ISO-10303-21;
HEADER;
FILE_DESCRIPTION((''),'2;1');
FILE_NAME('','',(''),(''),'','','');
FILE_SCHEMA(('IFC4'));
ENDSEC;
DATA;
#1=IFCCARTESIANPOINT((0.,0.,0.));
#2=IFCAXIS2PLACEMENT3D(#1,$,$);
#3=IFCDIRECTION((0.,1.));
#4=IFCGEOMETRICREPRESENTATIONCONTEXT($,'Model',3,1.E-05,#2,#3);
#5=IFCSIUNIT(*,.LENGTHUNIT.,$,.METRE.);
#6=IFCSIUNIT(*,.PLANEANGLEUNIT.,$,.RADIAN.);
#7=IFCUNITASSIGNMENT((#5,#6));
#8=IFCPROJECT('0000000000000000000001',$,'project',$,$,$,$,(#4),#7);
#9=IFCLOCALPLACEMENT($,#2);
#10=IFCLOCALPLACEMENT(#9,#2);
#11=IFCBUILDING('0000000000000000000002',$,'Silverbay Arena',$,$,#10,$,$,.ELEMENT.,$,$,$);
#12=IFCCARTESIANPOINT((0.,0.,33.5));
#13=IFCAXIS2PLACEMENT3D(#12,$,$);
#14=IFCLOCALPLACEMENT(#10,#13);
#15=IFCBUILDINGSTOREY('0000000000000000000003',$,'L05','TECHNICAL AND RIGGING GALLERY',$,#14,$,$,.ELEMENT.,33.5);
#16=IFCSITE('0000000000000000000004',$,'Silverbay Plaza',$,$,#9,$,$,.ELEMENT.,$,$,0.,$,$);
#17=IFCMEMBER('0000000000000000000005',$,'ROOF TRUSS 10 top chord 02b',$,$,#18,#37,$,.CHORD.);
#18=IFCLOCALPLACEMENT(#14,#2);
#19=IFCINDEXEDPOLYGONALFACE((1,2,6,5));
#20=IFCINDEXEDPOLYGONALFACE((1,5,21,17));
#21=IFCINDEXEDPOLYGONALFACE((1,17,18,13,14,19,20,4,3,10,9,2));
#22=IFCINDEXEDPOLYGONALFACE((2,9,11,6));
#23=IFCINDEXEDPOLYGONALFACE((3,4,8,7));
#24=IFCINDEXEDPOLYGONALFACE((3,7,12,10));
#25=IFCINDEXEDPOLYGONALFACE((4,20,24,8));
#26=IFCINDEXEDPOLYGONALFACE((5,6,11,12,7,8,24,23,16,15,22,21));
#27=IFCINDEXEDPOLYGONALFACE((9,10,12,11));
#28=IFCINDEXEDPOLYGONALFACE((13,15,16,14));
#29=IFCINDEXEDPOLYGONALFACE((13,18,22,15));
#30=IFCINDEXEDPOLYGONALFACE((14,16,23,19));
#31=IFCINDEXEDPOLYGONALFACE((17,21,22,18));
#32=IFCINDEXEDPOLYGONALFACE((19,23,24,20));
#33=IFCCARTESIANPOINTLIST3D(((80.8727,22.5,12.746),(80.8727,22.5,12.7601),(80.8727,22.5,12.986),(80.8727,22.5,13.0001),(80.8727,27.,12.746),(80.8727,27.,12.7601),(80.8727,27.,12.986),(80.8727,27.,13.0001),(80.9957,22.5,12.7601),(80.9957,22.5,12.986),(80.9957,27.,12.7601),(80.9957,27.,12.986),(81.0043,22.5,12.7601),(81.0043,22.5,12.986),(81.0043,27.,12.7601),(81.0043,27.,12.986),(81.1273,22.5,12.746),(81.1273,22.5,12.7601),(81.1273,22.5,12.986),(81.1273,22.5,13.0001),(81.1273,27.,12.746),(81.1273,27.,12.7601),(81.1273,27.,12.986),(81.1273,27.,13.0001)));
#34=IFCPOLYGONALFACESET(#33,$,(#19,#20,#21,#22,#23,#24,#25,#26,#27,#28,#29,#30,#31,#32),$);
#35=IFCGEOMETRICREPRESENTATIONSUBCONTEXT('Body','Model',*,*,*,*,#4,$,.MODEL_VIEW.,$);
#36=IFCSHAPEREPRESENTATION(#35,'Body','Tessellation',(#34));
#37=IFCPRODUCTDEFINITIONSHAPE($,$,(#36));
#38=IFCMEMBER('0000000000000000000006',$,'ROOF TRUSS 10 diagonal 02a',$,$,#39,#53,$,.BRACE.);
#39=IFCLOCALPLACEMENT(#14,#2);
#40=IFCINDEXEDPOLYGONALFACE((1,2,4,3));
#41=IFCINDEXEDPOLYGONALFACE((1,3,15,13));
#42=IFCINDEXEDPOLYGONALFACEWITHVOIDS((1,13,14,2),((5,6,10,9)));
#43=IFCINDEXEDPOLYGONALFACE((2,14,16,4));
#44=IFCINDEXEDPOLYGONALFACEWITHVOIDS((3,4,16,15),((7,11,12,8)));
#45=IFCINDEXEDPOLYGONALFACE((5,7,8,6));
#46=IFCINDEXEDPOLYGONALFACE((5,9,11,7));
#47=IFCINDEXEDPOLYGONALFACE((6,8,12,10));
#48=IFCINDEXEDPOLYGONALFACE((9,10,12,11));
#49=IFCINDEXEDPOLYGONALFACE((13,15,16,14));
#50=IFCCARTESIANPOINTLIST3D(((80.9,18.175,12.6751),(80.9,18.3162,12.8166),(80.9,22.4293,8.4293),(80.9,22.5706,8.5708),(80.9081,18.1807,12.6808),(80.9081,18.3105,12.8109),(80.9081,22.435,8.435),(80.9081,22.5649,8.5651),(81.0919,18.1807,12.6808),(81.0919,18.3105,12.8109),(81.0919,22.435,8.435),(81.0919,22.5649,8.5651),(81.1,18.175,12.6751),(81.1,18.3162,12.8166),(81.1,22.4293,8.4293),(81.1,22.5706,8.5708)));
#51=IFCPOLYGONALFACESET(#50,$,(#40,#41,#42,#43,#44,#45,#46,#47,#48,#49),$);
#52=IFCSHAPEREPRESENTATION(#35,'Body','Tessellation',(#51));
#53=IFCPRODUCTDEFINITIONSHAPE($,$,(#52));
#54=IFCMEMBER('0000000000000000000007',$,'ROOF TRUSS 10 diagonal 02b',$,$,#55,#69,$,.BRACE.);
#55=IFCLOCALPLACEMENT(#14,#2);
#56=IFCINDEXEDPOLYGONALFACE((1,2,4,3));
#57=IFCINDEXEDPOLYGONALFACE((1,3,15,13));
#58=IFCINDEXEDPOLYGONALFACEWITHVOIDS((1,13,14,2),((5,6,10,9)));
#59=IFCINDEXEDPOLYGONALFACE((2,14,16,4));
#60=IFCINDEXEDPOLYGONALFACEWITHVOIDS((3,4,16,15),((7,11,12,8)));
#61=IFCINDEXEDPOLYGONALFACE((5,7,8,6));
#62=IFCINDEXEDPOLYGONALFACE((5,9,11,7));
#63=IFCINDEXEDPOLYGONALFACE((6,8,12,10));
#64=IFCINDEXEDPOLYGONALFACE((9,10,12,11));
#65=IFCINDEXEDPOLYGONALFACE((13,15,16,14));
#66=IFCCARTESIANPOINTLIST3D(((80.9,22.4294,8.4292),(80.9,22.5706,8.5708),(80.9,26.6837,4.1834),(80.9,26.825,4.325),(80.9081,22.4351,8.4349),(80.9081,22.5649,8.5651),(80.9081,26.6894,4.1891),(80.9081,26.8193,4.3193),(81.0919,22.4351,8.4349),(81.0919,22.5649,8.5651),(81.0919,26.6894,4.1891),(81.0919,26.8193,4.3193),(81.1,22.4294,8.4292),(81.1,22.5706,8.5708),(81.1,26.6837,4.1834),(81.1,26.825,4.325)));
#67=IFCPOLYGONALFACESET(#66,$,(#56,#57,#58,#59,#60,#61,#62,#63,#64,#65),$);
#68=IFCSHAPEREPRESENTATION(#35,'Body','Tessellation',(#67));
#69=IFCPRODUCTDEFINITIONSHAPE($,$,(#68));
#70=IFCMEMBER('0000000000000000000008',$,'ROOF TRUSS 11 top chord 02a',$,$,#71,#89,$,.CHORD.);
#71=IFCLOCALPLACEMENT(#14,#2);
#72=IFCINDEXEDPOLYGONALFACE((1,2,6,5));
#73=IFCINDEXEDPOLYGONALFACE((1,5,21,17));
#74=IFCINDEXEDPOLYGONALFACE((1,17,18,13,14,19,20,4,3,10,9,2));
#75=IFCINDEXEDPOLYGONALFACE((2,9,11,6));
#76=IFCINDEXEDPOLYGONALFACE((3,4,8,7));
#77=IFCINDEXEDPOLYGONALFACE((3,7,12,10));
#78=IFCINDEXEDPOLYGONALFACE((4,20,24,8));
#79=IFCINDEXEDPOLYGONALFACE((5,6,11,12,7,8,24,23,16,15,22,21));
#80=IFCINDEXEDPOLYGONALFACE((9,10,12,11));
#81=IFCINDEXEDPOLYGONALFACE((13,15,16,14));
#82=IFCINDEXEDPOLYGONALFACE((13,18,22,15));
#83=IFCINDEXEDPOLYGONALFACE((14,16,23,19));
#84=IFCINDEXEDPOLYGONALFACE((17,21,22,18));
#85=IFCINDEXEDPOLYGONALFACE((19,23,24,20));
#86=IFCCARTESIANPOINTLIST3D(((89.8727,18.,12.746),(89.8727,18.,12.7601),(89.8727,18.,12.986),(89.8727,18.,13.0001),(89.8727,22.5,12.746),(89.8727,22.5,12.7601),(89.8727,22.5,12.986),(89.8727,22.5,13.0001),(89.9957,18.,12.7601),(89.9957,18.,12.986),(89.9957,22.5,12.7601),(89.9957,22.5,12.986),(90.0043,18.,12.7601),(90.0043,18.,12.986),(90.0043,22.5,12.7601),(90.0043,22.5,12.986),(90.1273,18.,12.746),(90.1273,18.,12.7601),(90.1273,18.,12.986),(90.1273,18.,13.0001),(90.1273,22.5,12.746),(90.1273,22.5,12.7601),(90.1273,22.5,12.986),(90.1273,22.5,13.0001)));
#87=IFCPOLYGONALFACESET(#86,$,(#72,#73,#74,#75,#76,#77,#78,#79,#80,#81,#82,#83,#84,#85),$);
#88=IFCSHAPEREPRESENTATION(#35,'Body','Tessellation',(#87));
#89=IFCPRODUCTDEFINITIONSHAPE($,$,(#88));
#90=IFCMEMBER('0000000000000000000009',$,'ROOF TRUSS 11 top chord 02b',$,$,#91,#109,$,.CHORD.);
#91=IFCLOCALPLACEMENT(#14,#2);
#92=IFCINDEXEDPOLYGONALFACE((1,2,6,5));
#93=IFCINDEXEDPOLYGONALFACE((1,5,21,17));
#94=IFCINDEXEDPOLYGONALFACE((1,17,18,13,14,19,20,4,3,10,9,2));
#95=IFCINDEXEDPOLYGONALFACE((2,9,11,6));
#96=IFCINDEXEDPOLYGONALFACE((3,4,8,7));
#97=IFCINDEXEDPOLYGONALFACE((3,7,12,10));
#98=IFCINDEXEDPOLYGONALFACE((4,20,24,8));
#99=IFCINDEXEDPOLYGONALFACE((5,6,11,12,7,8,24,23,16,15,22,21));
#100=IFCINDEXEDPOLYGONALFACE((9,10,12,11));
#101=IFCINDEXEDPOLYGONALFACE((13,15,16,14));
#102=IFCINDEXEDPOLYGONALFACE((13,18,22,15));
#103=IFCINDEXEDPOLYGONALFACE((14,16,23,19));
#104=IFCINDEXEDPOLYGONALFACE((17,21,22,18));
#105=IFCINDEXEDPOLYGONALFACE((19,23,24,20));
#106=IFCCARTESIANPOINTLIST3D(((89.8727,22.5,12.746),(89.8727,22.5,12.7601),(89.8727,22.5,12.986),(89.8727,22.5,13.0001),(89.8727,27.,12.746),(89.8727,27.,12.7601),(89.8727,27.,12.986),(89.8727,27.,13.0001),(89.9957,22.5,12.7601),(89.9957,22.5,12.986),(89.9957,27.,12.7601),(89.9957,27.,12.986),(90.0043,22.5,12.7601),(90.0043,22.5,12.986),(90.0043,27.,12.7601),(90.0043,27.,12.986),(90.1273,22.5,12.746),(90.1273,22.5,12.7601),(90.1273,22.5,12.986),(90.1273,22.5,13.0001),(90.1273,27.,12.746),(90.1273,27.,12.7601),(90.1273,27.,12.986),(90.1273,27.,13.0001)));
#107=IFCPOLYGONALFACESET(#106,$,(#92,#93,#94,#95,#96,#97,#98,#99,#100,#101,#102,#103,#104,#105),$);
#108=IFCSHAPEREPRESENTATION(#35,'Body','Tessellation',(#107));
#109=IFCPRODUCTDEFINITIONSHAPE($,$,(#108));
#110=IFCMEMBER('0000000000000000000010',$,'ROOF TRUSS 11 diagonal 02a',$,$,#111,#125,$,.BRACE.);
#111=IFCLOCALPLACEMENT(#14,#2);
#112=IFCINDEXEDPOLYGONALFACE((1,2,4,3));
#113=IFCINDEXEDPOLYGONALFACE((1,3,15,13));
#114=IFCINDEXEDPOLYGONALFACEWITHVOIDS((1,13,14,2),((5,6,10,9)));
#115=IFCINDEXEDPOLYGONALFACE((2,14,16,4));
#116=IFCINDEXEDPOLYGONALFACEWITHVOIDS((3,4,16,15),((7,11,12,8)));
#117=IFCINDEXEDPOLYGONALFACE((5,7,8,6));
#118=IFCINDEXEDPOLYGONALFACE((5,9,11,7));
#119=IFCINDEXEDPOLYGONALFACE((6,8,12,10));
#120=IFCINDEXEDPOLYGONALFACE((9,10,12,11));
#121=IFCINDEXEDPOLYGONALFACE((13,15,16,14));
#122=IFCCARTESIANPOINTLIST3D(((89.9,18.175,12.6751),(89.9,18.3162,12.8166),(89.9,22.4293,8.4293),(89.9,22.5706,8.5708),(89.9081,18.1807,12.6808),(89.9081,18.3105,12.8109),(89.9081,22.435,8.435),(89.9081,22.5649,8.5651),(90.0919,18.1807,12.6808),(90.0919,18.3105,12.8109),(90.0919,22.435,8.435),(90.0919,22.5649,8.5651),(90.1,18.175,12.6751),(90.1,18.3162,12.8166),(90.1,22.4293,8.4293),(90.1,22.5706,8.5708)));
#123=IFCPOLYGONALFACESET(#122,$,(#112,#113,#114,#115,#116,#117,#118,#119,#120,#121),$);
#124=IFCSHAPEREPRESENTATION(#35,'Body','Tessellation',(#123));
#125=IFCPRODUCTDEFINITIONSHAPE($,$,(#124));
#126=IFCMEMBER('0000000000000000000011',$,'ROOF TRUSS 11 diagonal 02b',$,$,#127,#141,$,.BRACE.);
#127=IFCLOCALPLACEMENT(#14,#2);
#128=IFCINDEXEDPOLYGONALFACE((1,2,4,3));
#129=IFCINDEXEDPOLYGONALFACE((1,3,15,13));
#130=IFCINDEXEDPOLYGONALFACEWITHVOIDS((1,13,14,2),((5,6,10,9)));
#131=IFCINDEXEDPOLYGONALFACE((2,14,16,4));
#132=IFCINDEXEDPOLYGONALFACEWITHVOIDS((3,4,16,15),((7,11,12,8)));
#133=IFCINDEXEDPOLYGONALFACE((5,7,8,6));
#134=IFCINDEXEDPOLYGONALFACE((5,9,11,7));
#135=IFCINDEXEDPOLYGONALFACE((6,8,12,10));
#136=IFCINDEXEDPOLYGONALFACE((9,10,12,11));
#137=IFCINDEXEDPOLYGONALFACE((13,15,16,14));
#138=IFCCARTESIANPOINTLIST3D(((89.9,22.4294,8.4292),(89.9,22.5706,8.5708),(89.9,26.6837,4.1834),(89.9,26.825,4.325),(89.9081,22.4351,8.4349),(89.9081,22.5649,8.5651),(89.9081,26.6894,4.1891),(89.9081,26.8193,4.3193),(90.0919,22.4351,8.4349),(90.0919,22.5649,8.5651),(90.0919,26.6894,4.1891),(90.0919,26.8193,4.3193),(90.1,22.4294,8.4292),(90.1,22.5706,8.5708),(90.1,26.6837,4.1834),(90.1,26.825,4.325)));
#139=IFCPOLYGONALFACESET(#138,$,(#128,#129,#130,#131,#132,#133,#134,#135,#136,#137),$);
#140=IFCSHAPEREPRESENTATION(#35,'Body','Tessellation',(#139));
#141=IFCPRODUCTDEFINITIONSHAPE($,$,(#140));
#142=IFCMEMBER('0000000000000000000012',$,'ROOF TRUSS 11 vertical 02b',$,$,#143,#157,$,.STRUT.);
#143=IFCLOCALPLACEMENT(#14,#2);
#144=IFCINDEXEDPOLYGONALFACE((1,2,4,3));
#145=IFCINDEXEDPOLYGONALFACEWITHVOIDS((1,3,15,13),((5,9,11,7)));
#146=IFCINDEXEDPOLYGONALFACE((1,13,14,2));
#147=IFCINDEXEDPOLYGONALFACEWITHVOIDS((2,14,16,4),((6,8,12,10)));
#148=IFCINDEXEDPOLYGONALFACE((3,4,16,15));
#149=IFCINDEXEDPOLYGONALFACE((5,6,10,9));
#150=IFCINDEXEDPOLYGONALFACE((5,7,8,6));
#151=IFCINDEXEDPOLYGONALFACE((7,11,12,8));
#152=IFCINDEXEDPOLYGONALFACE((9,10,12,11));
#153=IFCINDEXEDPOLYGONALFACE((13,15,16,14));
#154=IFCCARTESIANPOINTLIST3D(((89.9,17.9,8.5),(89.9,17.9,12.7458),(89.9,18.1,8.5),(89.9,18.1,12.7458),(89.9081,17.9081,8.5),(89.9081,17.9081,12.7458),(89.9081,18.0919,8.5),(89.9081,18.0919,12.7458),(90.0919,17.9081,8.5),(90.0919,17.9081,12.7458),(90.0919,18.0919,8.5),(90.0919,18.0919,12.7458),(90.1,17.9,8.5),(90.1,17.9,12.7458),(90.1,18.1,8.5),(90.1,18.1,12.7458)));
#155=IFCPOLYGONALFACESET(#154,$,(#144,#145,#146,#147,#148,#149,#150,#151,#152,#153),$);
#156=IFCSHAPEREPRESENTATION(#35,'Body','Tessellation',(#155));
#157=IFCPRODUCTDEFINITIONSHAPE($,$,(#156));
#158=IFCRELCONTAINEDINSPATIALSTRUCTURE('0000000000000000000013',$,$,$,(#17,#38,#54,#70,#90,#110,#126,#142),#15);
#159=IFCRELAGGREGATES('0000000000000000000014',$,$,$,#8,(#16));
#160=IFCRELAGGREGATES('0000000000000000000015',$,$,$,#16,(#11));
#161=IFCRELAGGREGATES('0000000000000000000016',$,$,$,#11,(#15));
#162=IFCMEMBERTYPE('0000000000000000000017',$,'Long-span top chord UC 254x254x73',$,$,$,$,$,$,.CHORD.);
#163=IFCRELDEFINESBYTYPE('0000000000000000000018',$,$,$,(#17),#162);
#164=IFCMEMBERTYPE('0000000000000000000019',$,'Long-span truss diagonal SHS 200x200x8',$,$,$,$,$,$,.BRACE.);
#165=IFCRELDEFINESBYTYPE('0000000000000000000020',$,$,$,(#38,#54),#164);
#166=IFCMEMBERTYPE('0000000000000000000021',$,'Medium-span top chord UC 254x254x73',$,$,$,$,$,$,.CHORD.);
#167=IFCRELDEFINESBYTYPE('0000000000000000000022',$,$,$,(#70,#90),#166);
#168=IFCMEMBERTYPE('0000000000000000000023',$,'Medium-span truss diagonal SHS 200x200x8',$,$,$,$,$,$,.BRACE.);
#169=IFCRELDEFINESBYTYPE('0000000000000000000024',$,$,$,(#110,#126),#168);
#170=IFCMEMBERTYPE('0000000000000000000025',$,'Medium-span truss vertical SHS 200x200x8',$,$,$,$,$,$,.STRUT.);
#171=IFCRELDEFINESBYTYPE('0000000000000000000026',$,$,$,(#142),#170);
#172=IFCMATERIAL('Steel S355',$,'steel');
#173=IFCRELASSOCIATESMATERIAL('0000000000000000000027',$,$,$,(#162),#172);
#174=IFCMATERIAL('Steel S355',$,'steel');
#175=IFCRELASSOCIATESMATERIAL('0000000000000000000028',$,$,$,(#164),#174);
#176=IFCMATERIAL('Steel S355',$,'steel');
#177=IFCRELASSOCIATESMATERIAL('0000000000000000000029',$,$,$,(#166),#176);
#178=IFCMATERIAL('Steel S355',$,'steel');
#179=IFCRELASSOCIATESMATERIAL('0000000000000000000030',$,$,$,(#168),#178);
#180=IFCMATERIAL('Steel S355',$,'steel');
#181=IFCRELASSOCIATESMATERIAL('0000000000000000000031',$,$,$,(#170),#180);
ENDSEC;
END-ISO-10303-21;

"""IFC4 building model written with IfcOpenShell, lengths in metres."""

from ifc_helpers import new_model, si_unit, direction, frame, origin, origin_2d, place, context, subcontext, project, spatial, hollow_rectangle, i_section, extrude, material, material_profile, profile_set, type_object, element, save


model = new_model("IFC4")

# Units and contexts
model_context = context("Model", 3, precision=1e-05, world=origin(), true_north=direction((0.0, 1.0)))
body_context = subcontext(model_context, "Body", "Model", "MODEL_VIEW")
ifc_project = project(units=[si_unit("LENGTHUNIT", "METRE"), si_unit("PLANEANGLEUNIT", "RADIAN")], contexts=[model_context])

# Site, building, storey
site_placement = place(None, origin())
site = spatial("IfcSite", under=ifc_project, at=site_placement, Name="Silverbay Plaza", CompositionType="ELEMENT", RefElevation=0.0)
building_placement = place(site_placement, origin())
building = spatial("IfcBuilding", under=site, at=building_placement, Name="Silverbay Arena", CompositionType="ELEMENT")
storey_placement = place(building_placement, frame((0.0, 0.0, 33.5)))
storey = spatial("IfcBuildingStorey", under=building, at=storey_placement, Name="L05", Description="TECHNICAL AND RIGGING GALLERY", CompositionType="ELEMENT", Elevation=33.5)

# Members
ifc_material_1 = material(Name="Steel S355", Category="steel")
ifc_material_profile_1 = material_profile(ifc_material_1, i_section(OverallWidth=0.2546, OverallDepth=0.2542, WebThickness=0.0085, FlangeThickness=0.0142, at=origin_2d()), Name="UC 254x254x73")
ifc_profile_set_1 = profile_set([ifc_material_profile_1], Name="Steel S355")
member_type_1 = type_object("IfcMemberType", Name="Long-span top chord UC 254x254x73", PredefinedType="CHORD", material=ifc_profile_set_1)
member_1_placement = place(storey_placement, frame((81.0, 22.5, 12.873), z_axis=(0.0, 1.0, 0.0), x_axis=(-1.0, 0.0, 0.0)))
element("IfcMember", 1, at=member_1_placement, inside=storey, type_object=member_type_1, Name="ROOF TRUSS 10 top chord 02b", PredefinedType="CHORD", context=body_context, shape_type="SweptSolid", body=[
    extrude(i_section(OverallWidth=0.2546, OverallDepth=0.2542, WebThickness=0.0085, FlangeThickness=0.0142, at=origin_2d()), origin(), (0.0, 0.0, 1.0), 4.5),
])
ifc_material_2 = material(Name="Steel S355", Category="steel")
ifc_material_profile_2 = material_profile(ifc_material_2, hollow_rectangle(XDim=0.2, YDim=0.2, WallThickness=0.0081, at=origin_2d()), Name="SHS 200x200x8")
ifc_profile_set_2 = profile_set([ifc_material_profile_2], Name="Steel S355")
member_type_2 = type_object("IfcMemberType", Name="Long-span truss diagonal SHS 200x200x8", PredefinedType="BRACE", material=ifc_profile_set_2)
for number, where, z_axis, x_axis, name in (
    (2, (81.0, 18.2456, 12.7458), (0.0, 0.707817, -0.706396), (-1.0, 0.0, 0.0), "ROOF TRUSS 10 diagonal 02a"),
    (3, (81.0, 22.5, 8.5), (0.0, 0.707817, -0.706396), (-1.0, 0.0, 0.0), "ROOF TRUSS 10 diagonal 02b"),
):
    element("IfcMember", number, at=place(storey_placement, frame(where, z_axis=z_axis, x_axis=x_axis)), inside=storey, type_object=member_type_2, Name=name, PredefinedType="BRACE", context=body_context, shape_type="SweptSolid", body=[
        extrude(hollow_rectangle(XDim=0.2, YDim=0.2, WallThickness=0.0081, at=origin_2d()), origin(), (0.0, 0.0, 1.0), 6.0105),
    ])
ifc_material_3 = material(Name="Steel S355", Category="steel")
ifc_material_profile_3 = material_profile(ifc_material_3, i_section(OverallWidth=0.2546, OverallDepth=0.2542, WebThickness=0.0085, FlangeThickness=0.0142, at=origin_2d()), Name="UC 254x254x73")
ifc_profile_set_3 = profile_set([ifc_material_profile_3], Name="Steel S355")
member_type_3 = type_object("IfcMemberType", Name="Medium-span top chord UC 254x254x73", PredefinedType="CHORD", material=ifc_profile_set_3)
for number, where, z_axis, x_axis, name in (
    (4, (90.0, 18.0, 12.873), (0.0, 1.0, 0.0), (-1.0, 0.0, 0.0), "ROOF TRUSS 11 top chord 02a"),
    (5, (90.0, 22.5, 12.873), (0.0, 1.0, 0.0), (-1.0, 0.0, 0.0), "ROOF TRUSS 11 top chord 02b"),
):
    element("IfcMember", number, at=place(storey_placement, frame(where, z_axis=z_axis, x_axis=x_axis)), inside=storey, type_object=member_type_3, Name=name, PredefinedType="CHORD", context=body_context, shape_type="SweptSolid", body=[
        extrude(i_section(OverallWidth=0.2546, OverallDepth=0.2542, WebThickness=0.0085, FlangeThickness=0.0142, at=origin_2d()), origin(), (0.0, 0.0, 1.0), 4.5),
    ])
ifc_material_4 = material(Name="Steel S355", Category="steel")
ifc_material_profile_4 = material_profile(ifc_material_4, hollow_rectangle(XDim=0.2, YDim=0.2, WallThickness=0.0081, at=origin_2d()), Name="SHS 200x200x8")
ifc_profile_set_4 = profile_set([ifc_material_profile_4], Name="Steel S355")
member_type_4 = type_object("IfcMemberType", Name="Medium-span truss diagonal SHS 200x200x8", PredefinedType="BRACE", material=ifc_profile_set_4)
for number, where, z_axis, x_axis, name in (
    (6, (90.0, 18.2456, 12.7458), (0.0, 0.707817, -0.706396), (-1.0, 0.0, 0.0), "ROOF TRUSS 11 diagonal 02a"),
    (7, (90.0, 22.5, 8.5), (0.0, 0.707817, -0.706396), (-1.0, 0.0, 0.0), "ROOF TRUSS 11 diagonal 02b"),
):
    element("IfcMember", number, at=place(storey_placement, frame(where, z_axis=z_axis, x_axis=x_axis)), inside=storey, type_object=member_type_4, Name=name, PredefinedType="BRACE", context=body_context, shape_type="SweptSolid", body=[
        extrude(hollow_rectangle(XDim=0.2, YDim=0.2, WallThickness=0.0081, at=origin_2d()), origin(), (0.0, 0.0, 1.0), 6.0105),
    ])
ifc_material_5 = material(Name="Steel S355", Category="steel")
ifc_material_profile_5 = material_profile(ifc_material_5, hollow_rectangle(XDim=0.2, YDim=0.2, WallThickness=0.0081, at=origin_2d()), Name="SHS 200x200x8")
ifc_profile_set_5 = profile_set([ifc_material_profile_5], Name="Steel S355")
member_type_5 = type_object("IfcMemberType", Name="Medium-span truss vertical SHS 200x200x8", PredefinedType="STRUT", material=ifc_profile_set_5)
member_2_placement = place(storey_placement, frame((90.0, 18.0, 8.5), z_axis=(0.0, 0.0, 1.0), x_axis=(1.0, 0.0, 0.0)))
element("IfcMember", 8, at=member_2_placement, inside=storey, type_object=member_type_5, Name="ROOF TRUSS 11 vertical 02b", PredefinedType="STRUT", context=body_context, shape_type="SweptSolid", body=[
    extrude(hollow_rectangle(XDim=0.2, YDim=0.2, WallThickness=0.0081, at=origin_2d()), origin(), (0.0, 0.0, 1.0), 4.2458),
])

save(model, "model.ifc")
